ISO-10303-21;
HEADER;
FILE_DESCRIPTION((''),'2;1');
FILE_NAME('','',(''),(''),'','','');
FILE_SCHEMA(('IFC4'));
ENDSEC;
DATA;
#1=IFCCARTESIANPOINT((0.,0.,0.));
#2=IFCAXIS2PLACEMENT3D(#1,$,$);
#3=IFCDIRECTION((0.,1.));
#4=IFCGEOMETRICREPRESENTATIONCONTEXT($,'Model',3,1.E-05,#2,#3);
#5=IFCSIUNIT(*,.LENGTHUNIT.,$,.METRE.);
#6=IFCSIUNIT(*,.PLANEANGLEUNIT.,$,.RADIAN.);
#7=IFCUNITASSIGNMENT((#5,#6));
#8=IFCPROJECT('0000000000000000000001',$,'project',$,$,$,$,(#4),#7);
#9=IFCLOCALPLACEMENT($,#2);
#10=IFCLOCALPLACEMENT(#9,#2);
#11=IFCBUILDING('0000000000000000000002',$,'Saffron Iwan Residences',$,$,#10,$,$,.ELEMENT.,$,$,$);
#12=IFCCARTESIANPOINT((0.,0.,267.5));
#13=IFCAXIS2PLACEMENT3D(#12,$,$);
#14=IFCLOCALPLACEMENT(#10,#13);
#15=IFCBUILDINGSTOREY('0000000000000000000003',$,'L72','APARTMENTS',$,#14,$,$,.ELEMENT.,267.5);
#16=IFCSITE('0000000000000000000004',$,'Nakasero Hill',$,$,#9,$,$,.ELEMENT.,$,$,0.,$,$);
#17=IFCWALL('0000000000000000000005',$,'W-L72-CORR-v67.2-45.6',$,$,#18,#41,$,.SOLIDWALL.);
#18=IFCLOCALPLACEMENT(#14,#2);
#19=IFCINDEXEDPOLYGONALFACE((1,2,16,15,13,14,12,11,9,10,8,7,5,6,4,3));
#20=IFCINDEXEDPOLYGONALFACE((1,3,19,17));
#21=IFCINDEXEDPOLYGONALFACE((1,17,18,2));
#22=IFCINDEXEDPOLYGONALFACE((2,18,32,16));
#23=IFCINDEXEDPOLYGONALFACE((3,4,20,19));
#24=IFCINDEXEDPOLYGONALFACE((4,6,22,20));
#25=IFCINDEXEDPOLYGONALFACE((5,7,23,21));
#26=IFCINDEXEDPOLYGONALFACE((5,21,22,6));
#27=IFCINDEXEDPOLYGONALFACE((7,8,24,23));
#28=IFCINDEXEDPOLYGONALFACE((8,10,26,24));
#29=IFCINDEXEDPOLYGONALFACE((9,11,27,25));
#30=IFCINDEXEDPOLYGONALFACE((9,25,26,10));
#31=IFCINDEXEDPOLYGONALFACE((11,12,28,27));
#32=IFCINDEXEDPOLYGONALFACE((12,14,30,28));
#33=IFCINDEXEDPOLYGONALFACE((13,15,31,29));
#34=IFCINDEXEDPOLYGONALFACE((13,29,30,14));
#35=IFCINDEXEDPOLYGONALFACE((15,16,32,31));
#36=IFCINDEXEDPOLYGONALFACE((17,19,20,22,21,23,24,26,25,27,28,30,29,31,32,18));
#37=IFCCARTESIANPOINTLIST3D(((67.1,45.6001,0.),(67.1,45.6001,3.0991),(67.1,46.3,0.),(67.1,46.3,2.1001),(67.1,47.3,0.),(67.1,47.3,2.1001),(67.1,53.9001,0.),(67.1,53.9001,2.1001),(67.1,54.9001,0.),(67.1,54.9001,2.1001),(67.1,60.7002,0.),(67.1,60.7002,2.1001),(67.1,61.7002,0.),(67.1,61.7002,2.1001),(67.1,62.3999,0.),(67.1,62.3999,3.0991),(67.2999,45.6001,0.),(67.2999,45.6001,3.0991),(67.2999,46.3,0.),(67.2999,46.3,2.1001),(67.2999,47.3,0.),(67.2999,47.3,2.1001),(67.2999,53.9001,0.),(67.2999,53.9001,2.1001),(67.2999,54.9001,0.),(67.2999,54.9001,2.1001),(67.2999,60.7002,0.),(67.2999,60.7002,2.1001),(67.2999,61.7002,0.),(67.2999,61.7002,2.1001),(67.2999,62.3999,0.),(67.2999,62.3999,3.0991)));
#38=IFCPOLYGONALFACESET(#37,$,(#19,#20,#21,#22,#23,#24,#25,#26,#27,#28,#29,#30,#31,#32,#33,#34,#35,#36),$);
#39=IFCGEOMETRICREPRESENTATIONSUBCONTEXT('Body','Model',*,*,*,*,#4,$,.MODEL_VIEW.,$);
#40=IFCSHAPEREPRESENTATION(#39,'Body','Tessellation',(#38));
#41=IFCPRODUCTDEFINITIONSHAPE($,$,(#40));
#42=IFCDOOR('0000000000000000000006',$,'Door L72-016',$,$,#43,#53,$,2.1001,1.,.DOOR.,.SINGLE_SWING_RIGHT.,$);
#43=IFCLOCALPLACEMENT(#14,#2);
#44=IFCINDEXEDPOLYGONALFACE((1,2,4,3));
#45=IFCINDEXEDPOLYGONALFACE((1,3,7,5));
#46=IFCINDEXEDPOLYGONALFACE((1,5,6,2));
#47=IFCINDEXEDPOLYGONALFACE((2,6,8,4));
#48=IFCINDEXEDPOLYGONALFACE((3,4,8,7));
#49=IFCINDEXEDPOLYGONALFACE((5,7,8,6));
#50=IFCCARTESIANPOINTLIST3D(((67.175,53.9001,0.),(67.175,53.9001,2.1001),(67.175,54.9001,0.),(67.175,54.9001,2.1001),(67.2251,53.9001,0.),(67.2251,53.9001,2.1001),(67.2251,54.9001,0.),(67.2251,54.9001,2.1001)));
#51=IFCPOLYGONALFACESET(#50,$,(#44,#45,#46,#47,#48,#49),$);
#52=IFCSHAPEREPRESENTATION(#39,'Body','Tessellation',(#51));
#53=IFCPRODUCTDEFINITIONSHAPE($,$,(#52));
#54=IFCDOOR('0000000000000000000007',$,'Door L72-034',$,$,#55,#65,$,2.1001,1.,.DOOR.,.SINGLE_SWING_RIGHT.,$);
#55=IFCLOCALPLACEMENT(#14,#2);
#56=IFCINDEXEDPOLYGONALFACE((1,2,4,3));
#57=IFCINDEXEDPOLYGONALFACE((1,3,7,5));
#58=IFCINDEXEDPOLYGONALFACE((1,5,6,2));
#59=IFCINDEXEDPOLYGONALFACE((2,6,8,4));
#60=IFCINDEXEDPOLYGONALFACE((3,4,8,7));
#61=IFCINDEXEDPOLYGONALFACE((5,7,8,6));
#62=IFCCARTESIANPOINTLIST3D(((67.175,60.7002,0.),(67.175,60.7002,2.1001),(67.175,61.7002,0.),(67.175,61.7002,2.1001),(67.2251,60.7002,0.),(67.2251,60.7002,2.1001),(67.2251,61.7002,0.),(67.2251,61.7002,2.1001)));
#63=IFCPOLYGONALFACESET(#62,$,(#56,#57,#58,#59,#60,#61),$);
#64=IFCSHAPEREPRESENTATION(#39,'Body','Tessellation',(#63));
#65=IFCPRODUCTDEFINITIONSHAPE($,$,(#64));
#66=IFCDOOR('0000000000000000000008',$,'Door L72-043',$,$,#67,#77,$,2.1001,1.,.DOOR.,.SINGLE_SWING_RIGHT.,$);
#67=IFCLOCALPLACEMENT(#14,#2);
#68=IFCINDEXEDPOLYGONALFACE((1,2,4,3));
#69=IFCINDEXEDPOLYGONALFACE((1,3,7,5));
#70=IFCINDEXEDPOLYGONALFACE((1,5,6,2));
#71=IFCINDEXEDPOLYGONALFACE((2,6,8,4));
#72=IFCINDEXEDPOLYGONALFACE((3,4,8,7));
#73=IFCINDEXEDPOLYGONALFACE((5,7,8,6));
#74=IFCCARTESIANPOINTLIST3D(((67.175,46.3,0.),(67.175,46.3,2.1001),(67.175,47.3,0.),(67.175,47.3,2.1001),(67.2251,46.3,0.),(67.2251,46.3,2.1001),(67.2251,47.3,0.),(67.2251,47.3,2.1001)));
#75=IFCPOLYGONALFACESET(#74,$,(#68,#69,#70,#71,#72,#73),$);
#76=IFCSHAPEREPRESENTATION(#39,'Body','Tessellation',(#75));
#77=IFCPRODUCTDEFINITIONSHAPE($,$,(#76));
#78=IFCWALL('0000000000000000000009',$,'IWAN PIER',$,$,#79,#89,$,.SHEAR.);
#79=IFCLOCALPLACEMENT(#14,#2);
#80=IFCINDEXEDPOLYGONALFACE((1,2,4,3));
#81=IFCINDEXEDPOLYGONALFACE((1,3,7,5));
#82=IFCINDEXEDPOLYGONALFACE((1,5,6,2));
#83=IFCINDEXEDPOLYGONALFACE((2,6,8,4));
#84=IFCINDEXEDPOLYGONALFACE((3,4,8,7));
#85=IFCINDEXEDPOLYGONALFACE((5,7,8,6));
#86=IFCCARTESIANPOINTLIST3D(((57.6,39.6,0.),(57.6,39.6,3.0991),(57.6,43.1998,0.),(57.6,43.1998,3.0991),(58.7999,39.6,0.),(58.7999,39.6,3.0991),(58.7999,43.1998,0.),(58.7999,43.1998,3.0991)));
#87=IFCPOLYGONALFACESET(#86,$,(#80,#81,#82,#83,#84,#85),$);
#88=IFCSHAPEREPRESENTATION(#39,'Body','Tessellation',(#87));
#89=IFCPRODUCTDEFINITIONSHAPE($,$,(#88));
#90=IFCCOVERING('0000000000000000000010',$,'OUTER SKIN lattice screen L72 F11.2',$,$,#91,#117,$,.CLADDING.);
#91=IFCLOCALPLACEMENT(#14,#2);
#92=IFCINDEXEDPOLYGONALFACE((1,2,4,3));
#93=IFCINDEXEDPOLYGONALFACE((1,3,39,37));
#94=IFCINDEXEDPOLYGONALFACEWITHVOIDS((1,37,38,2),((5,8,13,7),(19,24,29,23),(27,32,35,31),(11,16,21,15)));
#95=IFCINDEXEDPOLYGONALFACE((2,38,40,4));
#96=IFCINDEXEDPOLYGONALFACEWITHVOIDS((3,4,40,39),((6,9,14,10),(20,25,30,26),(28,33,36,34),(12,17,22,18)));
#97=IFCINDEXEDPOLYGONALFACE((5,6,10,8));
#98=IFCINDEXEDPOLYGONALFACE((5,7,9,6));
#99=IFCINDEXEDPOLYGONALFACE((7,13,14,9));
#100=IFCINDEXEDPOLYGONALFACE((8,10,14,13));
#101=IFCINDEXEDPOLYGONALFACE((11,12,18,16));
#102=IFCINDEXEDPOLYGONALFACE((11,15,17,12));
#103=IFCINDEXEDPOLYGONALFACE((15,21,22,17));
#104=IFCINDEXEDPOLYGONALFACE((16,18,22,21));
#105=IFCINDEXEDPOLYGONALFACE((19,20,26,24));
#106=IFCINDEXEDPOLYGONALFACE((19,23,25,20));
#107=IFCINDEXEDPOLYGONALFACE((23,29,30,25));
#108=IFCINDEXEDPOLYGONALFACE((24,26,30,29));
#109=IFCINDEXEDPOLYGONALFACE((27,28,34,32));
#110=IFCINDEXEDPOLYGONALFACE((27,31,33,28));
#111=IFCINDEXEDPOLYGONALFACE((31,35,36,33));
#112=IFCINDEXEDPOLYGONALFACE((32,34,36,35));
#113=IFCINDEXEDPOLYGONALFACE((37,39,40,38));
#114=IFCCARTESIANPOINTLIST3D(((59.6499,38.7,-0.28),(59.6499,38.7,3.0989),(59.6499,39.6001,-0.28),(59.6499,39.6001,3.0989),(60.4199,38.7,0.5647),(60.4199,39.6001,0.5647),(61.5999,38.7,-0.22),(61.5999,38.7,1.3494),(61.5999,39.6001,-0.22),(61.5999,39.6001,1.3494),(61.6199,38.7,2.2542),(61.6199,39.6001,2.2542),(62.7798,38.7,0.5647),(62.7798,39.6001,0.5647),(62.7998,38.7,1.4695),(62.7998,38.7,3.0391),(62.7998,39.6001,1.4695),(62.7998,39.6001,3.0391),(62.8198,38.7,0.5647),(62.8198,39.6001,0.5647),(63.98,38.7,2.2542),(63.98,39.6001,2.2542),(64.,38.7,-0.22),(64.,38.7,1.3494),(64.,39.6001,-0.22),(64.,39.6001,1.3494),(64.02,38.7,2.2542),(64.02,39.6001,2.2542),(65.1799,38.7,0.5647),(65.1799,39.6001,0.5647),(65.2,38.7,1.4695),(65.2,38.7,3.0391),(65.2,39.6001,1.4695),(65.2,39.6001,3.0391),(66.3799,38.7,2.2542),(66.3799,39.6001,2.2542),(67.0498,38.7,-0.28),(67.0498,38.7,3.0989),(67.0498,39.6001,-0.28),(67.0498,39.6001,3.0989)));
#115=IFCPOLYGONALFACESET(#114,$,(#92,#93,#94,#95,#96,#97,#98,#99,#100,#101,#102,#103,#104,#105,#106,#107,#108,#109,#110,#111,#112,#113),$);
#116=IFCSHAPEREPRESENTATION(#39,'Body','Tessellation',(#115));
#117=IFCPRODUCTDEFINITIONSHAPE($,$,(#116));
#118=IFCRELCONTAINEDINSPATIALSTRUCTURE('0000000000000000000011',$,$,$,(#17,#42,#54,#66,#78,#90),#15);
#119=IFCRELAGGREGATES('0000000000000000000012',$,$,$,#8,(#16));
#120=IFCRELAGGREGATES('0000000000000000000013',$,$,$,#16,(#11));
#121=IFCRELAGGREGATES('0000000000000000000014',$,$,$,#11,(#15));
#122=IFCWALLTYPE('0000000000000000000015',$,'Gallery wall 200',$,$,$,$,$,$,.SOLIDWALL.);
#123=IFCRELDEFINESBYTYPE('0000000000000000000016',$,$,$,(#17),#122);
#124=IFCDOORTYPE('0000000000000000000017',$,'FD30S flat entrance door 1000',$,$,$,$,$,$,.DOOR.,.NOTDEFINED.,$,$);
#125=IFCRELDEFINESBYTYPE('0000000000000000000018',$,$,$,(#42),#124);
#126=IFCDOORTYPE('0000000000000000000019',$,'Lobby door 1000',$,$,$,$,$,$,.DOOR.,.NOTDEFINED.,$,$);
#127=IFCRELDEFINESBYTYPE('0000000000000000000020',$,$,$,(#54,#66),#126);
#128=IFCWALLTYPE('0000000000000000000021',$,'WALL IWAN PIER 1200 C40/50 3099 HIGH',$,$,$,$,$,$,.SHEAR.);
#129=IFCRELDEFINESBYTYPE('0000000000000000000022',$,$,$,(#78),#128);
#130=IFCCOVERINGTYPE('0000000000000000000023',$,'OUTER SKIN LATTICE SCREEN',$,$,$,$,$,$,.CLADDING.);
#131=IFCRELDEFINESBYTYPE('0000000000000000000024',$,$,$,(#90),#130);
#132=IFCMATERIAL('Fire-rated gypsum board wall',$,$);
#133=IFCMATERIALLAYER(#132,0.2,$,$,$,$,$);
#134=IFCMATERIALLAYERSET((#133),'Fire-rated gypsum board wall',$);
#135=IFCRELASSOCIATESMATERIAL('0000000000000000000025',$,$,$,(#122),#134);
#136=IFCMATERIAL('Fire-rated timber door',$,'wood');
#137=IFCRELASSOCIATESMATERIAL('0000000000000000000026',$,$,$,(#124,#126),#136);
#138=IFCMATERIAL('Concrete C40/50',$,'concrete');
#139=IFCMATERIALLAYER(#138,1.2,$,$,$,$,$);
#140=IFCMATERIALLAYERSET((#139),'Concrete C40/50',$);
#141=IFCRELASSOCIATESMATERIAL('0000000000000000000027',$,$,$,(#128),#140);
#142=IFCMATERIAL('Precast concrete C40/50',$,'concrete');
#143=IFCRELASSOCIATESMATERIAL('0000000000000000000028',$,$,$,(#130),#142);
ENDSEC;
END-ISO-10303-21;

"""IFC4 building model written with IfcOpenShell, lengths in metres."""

from ifc_helpers import new_model, si_unit, direction, frame, frame_2d, origin, place, context, subcontext, project, spatial, polyline, rectangle, outline, extrude, material, layer, layer_set, type_object, element, fill, save


model = new_model("IFC4")

# Units and contexts
model_context = context("Model", 3, precision=1e-05, world=origin(), true_north=direction((0.0, 1.0)))
body_context = subcontext(model_context, "Body", "Model", "MODEL_VIEW")
ifc_project = project(units=[si_unit("LENGTHUNIT", "METRE"), si_unit("PLANEANGLEUNIT", "RADIAN")], contexts=[model_context])

# Site, building, storey
site_placement = place(None, origin())
site = spatial("IfcSite", under=ifc_project, at=site_placement, Name="Nakasero Hill", CompositionType="ELEMENT", RefElevation=0.0)
building_placement = place(site_placement, origin())
building = spatial("IfcBuilding", under=site, at=building_placement, Name="Saffron Iwan Residences", CompositionType="ELEMENT")
storey_placement = place(building_placement, frame((0.0, 0.0, 267.5)))
storey = spatial("IfcBuildingStorey", under=building, at=storey_placement, Name="L72", Description="APARTMENTS", CompositionType="ELEMENT", Elevation=267.5)

# Shared definitions
ifc_material_1 = material(Name="Concrete C40/50", Category="concrete")

# Shared definitions
ifc_material_2 = material(Name="Fire-rated gypsum board wall")
ifc_layer_1 = layer(ifc_material_2, 0.2)
ifc_layer_set_1 = layer_set([ifc_layer_1], Name="Fire-rated gypsum board wall")
wall_type_1 = type_object("IfcWallType", Name="Gallery wall 200", PredefinedType="SOLIDWALL", material=ifc_layer_set_1)

# Wall, openings, doors
wall_1_placement = place(storey_placement, frame((67.2, 45.6001, 0.0), z_axis=(0.0, 0.0, 1.0), x_axis=(0.0, 1.0, 0.0)))
wall_1 = element("IfcWall", 1, at=wall_1_placement, inside=storey, type_object=wall_type_1, Name="W-L72-CORR-v67.2-45.6", PredefinedType="SOLIDWALL", context=body_context, shape_type="SweptSolid", body=[
    extrude(rectangle(XDim=16.7998, YDim=0.2, at=frame_2d((8.3999, 0.0))), origin(), (0.0, 0.0, 1.0), 3.0991),
])
opening_1_placement = place(wall_1_placement, frame((8.3, 0.0, 0.0)))
opening_1 = element("IfcOpeningElement", 2, at=opening_1_placement, cuts=wall_1, PredefinedType="OPENING", context=body_context, shape_type="SweptSolid", body=[
    extrude(rectangle(XDim=1.0, YDim=2.1001, at=frame_2d((0.5, 1.05))), frame((0.0, 0.1099, 0.0), z_axis=(0.0, -1.0, 0.0), x_axis=(1.0, 0.0, 0.0)), (0.0, 0.0, 1.0), 0.22),
])
opening_2_placement = place(wall_1_placement, frame((15.1001, 0.0, 0.0)))
opening_2 = element("IfcOpeningElement", 3, at=opening_2_placement, cuts=wall_1, PredefinedType="OPENING", context=body_context, shape_type="SweptSolid", body=[
    extrude(rectangle(XDim=1.0, YDim=2.1001, at=frame_2d((0.5, 1.05))), frame((0.0, 0.1099, 0.0), z_axis=(0.0, -1.0, 0.0), x_axis=(1.0, 0.0, 0.0)), (0.0, 0.0, 1.0), 0.22),
])
opening_3_placement = place(wall_1_placement, frame((0.7, 0.0, 0.0)))
opening_3 = element("IfcOpeningElement", 4, at=opening_3_placement, cuts=wall_1, PredefinedType="OPENING", context=body_context, shape_type="SweptSolid", body=[
    extrude(rectangle(XDim=1.0, YDim=2.1001, at=frame_2d((0.5, 1.05))), frame((0.0, 0.1099, 0.0), z_axis=(0.0, -1.0, 0.0), x_axis=(1.0, 0.0, 0.0)), (0.0, 0.0, 1.0), 0.22),
])
ifc_material_3 = material(Name="Fire-rated timber door", Category="wood")
door_type_1 = type_object("IfcDoorType", Name="FD30S flat entrance door 1000", OperationType="NOTDEFINED", PredefinedType="DOOR", material=ifc_material_3)
door_1_placement = place(opening_1_placement, origin())
door_1 = element("IfcDoor", 5, at=door_1_placement, inside=storey, type_object=door_type_1, Name="Door L72-016", OperationType="SINGLE_SWING_RIGHT", OverallHeight=2.1001, OverallWidth=1.0, PredefinedType="DOOR", context=body_context, shape_type="SweptSolid", body=[
    extrude(rectangle(XDim=1.0, YDim=2.1001, at=frame_2d((0.5, 1.05))), frame((0.0, 0.0249, 0.0), z_axis=(0.0, -1.0, 0.0), x_axis=(1.0, 0.0, 0.0)), (0.0, 0.0, 1.0), 0.05),
])
fill(opening_1, door_1)
door_type_2 = type_object("IfcDoorType", Name="Lobby door 1000", OperationType="NOTDEFINED", PredefinedType="DOOR", material=ifc_material_3)
door_2_placement = place(opening_2_placement, origin())
door_2 = element("IfcDoor", 6, at=door_2_placement, inside=storey, type_object=door_type_2, Name="Door L72-034", OperationType="SINGLE_SWING_RIGHT", OverallHeight=2.1001, OverallWidth=1.0, PredefinedType="DOOR", context=body_context, shape_type="SweptSolid", body=[
    extrude(rectangle(XDim=1.0, YDim=2.1001, at=frame_2d((0.5, 1.05))), frame((0.0, 0.0249, 0.0), z_axis=(0.0, -1.0, 0.0), x_axis=(1.0, 0.0, 0.0)), (0.0, 0.0, 1.0), 0.05),
])
fill(opening_2, door_2)
door_3_placement = place(opening_3_placement, origin())
door_3 = element("IfcDoor", 7, at=door_3_placement, inside=storey, type_object=door_type_2, Name="Door L72-043", OperationType="SINGLE_SWING_RIGHT", OverallHeight=2.1001, OverallWidth=1.0, PredefinedType="DOOR", context=body_context, shape_type="SweptSolid", body=[
    extrude(rectangle(XDim=1.0, YDim=2.1001, at=frame_2d((0.5, 1.05))), frame((0.0, 0.0249, 0.0), z_axis=(0.0, -1.0, 0.0), x_axis=(1.0, 0.0, 0.0)), (0.0, 0.0, 1.0), 0.05),
])
fill(opening_3, door_3)

# Wall
ifc_layer_2 = layer(ifc_material_1, 1.2)
ifc_layer_set_2 = layer_set([ifc_layer_2], Name="Concrete C40/50")
wall_type_2 = type_object("IfcWallType", Name="WALL IWAN PIER 1200 C40/50 3099 HIGH", PredefinedType="SHEAR", material=ifc_layer_set_2)
wall_2_placement = place(storey_placement, frame((58.2, 39.6001, 0.0), z_axis=(0.0, 0.0, 1.0), x_axis=(0.0, 1.0, 0.0)))
element("IfcWall", 8, at=wall_2_placement, inside=storey, type_object=wall_type_2, Name="IWAN PIER", PredefinedType="SHEAR", context=body_context, shape_type="SweptSolid", body=[
    extrude(rectangle(XDim=3.5999, YDim=1.2, at=frame_2d((1.7998, 0.0))), origin(), (0.0, 0.0, 1.0), 3.0991),
])

# Covering
ifc_material_4 = material(Name="Precast concrete C40/50", Category="concrete")
covering_type = type_object("IfcCoveringType", Name="OUTER SKIN LATTICE SCREEN", PredefinedType="CLADDING", material=ifc_material_4)
covering_placement = place(storey_placement, frame((59.6499, 39.6001, -0.28), z_axis=(0.0, -1.0, 0.0), x_axis=(1.0, 0.0, 0.0)))
element("IfcCovering", 9, at=covering_placement, inside=storey, type_object=covering_type, Name="OUTER SKIN lattice screen L72 F11.2", PredefinedType="CLADDING", context=body_context, shape_type="SweptSolid", body=[
    extrude(outline(polyline([(0.0, 0.0), (7.3999, 0.0), (7.3999, 3.3789), (0.0, 3.3789), (0.0, 0.0)]), holes=[polyline([(0.77, 0.8447), (1.95, 0.0601), (3.1299, 0.8447), (1.95, 1.6294), (0.77, 0.8447)]), polyline([(3.1699, 0.8447), (4.3501, 0.0601), (5.53, 0.8447), (4.3501, 1.6294), (3.1699, 0.8447)]), polyline([(1.97, 2.5342), (3.1499, 1.7495), (4.3301, 2.5342), (3.1499, 3.3191), (1.97, 2.5342)]), polyline([(4.3701, 2.5342), (5.55, 1.7495), (6.73, 2.5342), (5.55, 3.3191), (4.3701, 2.5342)])]), origin(), (0.0, 0.0, 1.0), 0.9001),
])

save(model, "model.ifc")
